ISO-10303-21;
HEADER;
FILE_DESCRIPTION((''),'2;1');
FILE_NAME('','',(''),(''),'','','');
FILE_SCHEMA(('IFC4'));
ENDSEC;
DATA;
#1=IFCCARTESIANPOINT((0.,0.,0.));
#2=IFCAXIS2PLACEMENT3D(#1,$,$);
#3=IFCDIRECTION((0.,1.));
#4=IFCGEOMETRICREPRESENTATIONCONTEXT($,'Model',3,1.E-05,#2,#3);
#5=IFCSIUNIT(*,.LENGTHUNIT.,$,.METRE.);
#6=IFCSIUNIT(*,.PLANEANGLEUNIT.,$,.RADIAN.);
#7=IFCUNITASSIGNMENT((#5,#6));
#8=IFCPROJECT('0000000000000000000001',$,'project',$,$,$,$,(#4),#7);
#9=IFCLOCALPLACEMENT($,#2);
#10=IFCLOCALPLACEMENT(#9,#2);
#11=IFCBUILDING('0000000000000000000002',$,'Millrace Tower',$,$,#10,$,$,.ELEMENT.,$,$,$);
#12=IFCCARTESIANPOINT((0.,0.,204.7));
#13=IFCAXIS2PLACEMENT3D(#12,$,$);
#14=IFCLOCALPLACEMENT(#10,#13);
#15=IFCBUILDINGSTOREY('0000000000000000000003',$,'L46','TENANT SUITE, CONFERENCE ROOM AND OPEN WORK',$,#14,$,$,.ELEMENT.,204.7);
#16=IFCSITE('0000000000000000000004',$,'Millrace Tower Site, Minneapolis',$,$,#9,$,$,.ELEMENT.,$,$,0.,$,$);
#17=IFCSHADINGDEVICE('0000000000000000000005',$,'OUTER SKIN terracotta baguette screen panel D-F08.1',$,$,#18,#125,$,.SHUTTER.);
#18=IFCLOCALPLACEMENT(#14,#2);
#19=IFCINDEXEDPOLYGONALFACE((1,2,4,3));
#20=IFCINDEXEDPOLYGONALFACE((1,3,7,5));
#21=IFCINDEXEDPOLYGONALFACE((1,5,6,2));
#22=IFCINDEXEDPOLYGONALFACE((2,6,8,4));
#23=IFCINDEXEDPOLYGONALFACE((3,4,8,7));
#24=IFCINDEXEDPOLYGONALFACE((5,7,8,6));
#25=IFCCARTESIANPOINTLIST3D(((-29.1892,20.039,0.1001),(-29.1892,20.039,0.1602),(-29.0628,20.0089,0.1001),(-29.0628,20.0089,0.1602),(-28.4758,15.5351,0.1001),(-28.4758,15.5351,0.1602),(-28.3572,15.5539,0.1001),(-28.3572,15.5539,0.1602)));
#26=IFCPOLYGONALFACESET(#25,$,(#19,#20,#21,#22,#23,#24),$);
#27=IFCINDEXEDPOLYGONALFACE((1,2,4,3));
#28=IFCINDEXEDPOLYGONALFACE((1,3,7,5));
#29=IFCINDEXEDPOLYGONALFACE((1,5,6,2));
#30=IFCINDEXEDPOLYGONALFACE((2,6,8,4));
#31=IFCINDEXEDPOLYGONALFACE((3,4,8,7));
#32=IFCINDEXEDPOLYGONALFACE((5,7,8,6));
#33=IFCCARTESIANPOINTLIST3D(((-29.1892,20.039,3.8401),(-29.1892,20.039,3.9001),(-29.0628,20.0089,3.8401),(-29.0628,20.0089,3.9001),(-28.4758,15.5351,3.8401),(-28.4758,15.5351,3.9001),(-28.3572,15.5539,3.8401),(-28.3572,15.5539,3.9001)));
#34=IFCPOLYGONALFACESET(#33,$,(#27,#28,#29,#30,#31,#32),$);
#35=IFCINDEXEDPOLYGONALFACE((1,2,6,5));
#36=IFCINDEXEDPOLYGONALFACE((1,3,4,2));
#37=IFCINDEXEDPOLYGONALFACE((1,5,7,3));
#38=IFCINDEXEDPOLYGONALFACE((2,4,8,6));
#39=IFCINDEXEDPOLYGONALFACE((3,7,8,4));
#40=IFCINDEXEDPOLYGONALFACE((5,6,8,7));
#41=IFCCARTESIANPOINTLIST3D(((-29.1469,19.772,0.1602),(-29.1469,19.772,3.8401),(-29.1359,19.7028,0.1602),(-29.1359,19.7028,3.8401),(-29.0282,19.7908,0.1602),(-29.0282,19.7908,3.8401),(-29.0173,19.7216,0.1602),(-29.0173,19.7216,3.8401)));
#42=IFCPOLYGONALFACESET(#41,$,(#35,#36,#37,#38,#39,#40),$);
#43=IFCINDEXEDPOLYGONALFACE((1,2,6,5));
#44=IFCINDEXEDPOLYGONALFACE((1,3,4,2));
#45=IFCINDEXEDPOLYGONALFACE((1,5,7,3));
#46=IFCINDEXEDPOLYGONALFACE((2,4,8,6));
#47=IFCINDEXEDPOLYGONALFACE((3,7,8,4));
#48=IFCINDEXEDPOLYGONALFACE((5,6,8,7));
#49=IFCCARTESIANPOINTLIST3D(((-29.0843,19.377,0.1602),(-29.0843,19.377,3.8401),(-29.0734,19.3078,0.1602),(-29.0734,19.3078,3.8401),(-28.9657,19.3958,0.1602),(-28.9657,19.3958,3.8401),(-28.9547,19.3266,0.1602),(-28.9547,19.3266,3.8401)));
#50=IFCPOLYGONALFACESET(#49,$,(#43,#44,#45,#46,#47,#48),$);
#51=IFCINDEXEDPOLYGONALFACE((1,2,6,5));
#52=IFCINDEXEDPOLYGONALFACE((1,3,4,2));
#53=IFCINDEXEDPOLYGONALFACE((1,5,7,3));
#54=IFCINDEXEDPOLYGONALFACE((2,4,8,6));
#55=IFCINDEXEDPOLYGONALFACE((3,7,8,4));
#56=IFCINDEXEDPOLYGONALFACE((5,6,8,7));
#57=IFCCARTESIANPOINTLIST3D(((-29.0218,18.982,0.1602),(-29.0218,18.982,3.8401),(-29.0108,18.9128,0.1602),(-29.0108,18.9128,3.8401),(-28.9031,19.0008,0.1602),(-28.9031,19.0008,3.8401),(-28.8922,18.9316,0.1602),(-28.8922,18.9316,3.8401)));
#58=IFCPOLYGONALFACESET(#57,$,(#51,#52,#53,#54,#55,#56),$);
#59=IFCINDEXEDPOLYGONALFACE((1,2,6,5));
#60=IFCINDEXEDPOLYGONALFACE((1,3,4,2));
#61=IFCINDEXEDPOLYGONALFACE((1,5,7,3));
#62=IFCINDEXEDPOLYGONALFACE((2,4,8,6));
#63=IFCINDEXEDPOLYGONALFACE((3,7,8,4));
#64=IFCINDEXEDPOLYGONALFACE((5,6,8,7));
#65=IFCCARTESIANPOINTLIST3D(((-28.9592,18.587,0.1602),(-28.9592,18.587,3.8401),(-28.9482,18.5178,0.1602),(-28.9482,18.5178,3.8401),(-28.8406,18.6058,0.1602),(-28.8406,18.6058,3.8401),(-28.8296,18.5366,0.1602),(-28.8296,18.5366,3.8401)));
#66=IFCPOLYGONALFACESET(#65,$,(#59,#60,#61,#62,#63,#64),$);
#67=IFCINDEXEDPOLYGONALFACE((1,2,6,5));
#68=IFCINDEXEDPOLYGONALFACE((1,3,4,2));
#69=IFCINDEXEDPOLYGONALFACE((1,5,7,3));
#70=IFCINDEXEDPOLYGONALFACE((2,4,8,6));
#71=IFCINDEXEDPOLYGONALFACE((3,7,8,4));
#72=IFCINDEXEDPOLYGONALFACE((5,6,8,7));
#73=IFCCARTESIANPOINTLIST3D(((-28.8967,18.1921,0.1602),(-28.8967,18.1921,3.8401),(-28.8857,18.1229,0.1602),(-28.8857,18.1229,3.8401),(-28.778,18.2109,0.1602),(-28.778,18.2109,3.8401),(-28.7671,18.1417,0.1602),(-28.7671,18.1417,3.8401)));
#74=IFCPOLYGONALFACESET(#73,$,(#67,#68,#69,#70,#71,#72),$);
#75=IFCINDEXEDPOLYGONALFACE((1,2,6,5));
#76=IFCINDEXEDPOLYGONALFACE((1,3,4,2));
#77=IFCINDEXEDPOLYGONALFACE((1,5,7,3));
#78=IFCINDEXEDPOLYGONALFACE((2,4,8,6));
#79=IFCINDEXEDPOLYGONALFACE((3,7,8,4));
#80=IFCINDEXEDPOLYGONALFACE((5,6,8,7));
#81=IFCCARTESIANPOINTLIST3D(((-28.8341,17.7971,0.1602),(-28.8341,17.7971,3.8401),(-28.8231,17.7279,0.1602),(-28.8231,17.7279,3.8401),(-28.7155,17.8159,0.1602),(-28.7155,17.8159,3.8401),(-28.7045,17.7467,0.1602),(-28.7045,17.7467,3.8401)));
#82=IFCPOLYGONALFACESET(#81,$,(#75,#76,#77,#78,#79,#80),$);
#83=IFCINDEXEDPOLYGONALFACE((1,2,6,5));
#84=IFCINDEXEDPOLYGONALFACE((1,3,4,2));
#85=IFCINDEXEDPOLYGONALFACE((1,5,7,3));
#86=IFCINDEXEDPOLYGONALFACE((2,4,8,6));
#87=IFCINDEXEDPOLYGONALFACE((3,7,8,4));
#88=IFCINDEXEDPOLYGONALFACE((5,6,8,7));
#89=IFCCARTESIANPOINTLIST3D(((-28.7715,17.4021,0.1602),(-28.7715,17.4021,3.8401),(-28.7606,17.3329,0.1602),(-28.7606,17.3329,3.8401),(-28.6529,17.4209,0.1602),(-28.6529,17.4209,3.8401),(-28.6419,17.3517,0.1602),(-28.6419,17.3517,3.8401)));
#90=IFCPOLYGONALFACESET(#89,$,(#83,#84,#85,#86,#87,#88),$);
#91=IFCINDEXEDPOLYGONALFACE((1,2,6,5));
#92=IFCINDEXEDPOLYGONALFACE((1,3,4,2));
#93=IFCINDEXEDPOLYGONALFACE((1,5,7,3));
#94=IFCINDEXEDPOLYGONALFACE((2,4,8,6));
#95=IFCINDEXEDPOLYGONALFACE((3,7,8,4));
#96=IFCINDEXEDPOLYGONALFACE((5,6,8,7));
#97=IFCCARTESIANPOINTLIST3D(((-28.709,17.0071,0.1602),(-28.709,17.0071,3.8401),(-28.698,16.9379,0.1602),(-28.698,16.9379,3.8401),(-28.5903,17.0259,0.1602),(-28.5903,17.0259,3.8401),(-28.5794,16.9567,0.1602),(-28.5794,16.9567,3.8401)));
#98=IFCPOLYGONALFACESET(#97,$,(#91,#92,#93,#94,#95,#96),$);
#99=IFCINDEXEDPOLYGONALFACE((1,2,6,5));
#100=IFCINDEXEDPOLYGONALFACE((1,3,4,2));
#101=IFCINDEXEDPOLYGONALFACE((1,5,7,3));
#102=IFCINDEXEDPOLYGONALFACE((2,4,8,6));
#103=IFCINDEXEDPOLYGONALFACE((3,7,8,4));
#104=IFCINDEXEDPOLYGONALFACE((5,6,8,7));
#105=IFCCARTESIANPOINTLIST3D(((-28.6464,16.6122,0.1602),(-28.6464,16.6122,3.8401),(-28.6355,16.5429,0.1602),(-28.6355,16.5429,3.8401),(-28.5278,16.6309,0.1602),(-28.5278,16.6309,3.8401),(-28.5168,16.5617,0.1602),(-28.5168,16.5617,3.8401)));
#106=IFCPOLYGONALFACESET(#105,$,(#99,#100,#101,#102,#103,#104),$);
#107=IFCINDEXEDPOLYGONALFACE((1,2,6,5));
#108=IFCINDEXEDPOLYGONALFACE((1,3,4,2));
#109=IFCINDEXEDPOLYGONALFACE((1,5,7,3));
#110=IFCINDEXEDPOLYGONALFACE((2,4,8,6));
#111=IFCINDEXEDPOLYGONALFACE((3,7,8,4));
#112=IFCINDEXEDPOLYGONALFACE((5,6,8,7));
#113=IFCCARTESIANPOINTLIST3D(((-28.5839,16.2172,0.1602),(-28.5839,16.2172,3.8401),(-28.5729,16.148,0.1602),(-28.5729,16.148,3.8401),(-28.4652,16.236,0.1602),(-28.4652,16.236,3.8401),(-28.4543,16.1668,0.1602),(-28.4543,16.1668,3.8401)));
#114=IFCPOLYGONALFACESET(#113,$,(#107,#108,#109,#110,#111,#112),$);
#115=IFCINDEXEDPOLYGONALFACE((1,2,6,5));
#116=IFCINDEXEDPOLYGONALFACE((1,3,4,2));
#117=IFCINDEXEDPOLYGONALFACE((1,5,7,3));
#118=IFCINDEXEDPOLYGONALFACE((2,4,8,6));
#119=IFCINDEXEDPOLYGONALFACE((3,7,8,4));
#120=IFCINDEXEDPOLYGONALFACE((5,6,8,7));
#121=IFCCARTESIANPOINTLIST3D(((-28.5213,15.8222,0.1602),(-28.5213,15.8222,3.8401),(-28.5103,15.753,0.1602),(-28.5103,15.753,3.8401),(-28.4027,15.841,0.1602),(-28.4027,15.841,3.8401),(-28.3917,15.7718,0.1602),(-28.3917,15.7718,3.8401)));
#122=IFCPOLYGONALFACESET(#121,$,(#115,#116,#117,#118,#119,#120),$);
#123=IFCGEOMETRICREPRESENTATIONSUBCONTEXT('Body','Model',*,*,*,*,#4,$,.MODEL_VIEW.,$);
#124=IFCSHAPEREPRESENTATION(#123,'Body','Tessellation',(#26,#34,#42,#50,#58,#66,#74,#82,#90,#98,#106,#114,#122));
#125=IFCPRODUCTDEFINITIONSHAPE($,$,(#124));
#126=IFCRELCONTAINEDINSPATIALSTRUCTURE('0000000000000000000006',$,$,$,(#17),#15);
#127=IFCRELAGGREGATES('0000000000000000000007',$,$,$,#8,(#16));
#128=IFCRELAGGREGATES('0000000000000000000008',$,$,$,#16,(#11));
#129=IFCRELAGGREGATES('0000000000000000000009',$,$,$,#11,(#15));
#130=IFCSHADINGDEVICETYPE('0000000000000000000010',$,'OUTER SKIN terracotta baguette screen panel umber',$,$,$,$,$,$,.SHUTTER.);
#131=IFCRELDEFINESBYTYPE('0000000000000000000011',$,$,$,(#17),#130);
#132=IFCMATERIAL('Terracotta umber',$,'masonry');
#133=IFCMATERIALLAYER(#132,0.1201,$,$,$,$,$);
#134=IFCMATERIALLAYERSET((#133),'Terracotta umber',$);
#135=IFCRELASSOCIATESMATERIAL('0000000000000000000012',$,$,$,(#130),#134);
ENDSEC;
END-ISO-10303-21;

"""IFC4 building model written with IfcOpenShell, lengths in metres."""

from ifc_helpers import new_model, entity, si_unit, direction, frame, frame_2d, origin, place, context, subcontext, project, spatial, rectangle, extrude, source, transform, mapped, material, layer, layer_set, type_object, element, save


model = new_model("IFC4")

# Units and contexts
model_context = context("Model", 3, precision=1e-05, world=origin(), true_north=direction((0.0, 1.0)))
body_context = subcontext(model_context, "Body", "Model", "MODEL_VIEW")
ifc_project = project(units=[si_unit("LENGTHUNIT", "METRE"), si_unit("PLANEANGLEUNIT", "RADIAN")], contexts=[model_context])

# Site, building, storey
site_placement = place(None, origin())
site = spatial("IfcSite", under=ifc_project, at=site_placement, Name="Millrace Tower Site, Minneapolis", CompositionType="ELEMENT", RefElevation=0.0)
building_placement = place(site_placement, origin())
building = spatial("IfcBuilding", under=site, at=building_placement, Name="Millrace Tower", CompositionType="ELEMENT")
storey_placement = place(building_placement, frame((0.0, 0.0, 204.7)))
storey = spatial("IfcBuildingStorey", under=building, at=storey_placement, Name="L46", Description="TENANT SUITE, CONFERENCE ROOM AND OPEN WORK", CompositionType="ELEMENT", Elevation=204.7)

# Shading device
ifc_material_1 = material(Name="Terracotta umber", Category="masonry")
ifc_layer_1 = layer(ifc_material_1, 0.1201)
ifc_layer_set_1 = layer_set([ifc_layer_1], Name="Terracotta umber")
shading_device_type = type_object("IfcShadingDeviceType", Name="OUTER SKIN terracotta baguette screen panel umber", PredefinedType="SHUTTER", material=ifc_layer_set_1)
cartesian_point_1 = entity("IfcCartesianPoint", [-2.2429, 0.0601])
shared_polyline_1 = entity("IfcPolyline", [cartesian_point_1, entity("IfcCartesianPoint", [2.2676, 0.0601]), entity("IfcCartesianPoint", [2.2676, -0.0601]), entity("IfcCartesianPoint", [-2.2925, -0.0601]), cartesian_point_1])
shared_shape_1 = source(origin(), body_context, "Body", "SweptSolid", [
    entity("IfcExtrudedAreaSolid", entity("IfcArbitraryClosedProfileDef", "AREA", None, shared_polyline_1), entity("IfcAxis2Placement3D", entity("IfcCartesianPoint", [0.0, 0.0, 0.0])), entity("IfcDirection", [0.0, 0.0, 1.0]), 0.0601),
    entity("IfcExtrudedAreaSolid", entity("IfcArbitraryClosedProfileDef", "AREA", None, shared_polyline_1), entity("IfcAxis2Placement3D", entity("IfcCartesianPoint", [0.0, 0.0, 3.74])), entity("IfcDirection", [0.0, 0.0, 1.0]), 0.0601),
    extrude(rectangle(XDim=0.0701, YDim=0.1201, at=frame_2d((-1.9871, 0.0))), frame((0.0, 0.0, 0.0601)), (0.0, 0.0, 1.0), 3.6799),
    extrude(rectangle(XDim=0.0701, YDim=0.1201, at=frame_2d((-1.5872, 0.0))), frame((0.0, 0.0, 0.0601)), (0.0, 0.0, 1.0), 3.6799),
    extrude(rectangle(XDim=0.0701, YDim=0.1201, at=frame_2d((-1.1873, 0.0))), frame((0.0, 0.0, 0.0601)), (0.0, 0.0, 1.0), 3.6799),
    extrude(rectangle(XDim=0.0701, YDim=0.1201, at=frame_2d((-0.7874, 0.0))), frame((0.0, 0.0, 0.0601)), (0.0, 0.0, 1.0), 3.6799),
    extrude(rectangle(XDim=0.0701, YDim=0.1201, at=frame_2d((-0.3875, 0.0))), frame((0.0, 0.0, 0.0601)), (0.0, 0.0, 1.0), 3.6799),
    extrude(rectangle(XDim=0.0701, YDim=0.1201, at=frame_2d((0.0125, 0.0))), frame((0.0, 0.0, 0.0601)), (0.0, 0.0, 1.0), 3.6799),
    extrude(rectangle(XDim=0.0701, YDim=0.1201, at=frame_2d((0.4124, 0.0))), frame((0.0, 0.0, 0.0601)), (0.0, 0.0, 1.0), 3.6799),
    extrude(rectangle(XDim=0.0701, YDim=0.1201, at=frame_2d((0.8123, 0.0))), frame((0.0, 0.0, 0.0601)), (0.0, 0.0, 1.0), 3.6799),
    extrude(rectangle(XDim=0.0701, YDim=0.1201, at=frame_2d((1.2122, 0.0))), frame((0.0, 0.0, 0.0601)), (0.0, 0.0, 1.0), 3.6799),
    extrude(rectangle(XDim=0.0701, YDim=0.1201, at=frame_2d((1.6121, 0.0))), frame((0.0, 0.0, 0.0601)), (0.0, 0.0, 1.0), 3.6799),
    extrude(rectangle(XDim=0.0701, YDim=0.1201, at=frame_2d((2.012, 0.0))), frame((0.0, 0.0, 0.0601)), (0.0, 0.0, 1.0), 3.6799),
])
shading_device_1_placement = place(storey_placement, frame((-28.7712, 17.7842, 0.1001), z_axis=(0.0, 0.0, 1.0), x_axis=(0.156434, -0.987688, 0.0)))
element("IfcShadingDevice", 1, at=shading_device_1_placement, inside=storey, type_object=shading_device_type, Name="OUTER SKIN terracotta baguette screen panel D-F08.1", PredefinedType="SHUTTER", context=body_context, shape_type="MappedRepresentation", body=[
    mapped(shared_shape_1, transform((0.0, 0.0, 0.0), scale=1.0)),
])

save(model, "model.ifc")
